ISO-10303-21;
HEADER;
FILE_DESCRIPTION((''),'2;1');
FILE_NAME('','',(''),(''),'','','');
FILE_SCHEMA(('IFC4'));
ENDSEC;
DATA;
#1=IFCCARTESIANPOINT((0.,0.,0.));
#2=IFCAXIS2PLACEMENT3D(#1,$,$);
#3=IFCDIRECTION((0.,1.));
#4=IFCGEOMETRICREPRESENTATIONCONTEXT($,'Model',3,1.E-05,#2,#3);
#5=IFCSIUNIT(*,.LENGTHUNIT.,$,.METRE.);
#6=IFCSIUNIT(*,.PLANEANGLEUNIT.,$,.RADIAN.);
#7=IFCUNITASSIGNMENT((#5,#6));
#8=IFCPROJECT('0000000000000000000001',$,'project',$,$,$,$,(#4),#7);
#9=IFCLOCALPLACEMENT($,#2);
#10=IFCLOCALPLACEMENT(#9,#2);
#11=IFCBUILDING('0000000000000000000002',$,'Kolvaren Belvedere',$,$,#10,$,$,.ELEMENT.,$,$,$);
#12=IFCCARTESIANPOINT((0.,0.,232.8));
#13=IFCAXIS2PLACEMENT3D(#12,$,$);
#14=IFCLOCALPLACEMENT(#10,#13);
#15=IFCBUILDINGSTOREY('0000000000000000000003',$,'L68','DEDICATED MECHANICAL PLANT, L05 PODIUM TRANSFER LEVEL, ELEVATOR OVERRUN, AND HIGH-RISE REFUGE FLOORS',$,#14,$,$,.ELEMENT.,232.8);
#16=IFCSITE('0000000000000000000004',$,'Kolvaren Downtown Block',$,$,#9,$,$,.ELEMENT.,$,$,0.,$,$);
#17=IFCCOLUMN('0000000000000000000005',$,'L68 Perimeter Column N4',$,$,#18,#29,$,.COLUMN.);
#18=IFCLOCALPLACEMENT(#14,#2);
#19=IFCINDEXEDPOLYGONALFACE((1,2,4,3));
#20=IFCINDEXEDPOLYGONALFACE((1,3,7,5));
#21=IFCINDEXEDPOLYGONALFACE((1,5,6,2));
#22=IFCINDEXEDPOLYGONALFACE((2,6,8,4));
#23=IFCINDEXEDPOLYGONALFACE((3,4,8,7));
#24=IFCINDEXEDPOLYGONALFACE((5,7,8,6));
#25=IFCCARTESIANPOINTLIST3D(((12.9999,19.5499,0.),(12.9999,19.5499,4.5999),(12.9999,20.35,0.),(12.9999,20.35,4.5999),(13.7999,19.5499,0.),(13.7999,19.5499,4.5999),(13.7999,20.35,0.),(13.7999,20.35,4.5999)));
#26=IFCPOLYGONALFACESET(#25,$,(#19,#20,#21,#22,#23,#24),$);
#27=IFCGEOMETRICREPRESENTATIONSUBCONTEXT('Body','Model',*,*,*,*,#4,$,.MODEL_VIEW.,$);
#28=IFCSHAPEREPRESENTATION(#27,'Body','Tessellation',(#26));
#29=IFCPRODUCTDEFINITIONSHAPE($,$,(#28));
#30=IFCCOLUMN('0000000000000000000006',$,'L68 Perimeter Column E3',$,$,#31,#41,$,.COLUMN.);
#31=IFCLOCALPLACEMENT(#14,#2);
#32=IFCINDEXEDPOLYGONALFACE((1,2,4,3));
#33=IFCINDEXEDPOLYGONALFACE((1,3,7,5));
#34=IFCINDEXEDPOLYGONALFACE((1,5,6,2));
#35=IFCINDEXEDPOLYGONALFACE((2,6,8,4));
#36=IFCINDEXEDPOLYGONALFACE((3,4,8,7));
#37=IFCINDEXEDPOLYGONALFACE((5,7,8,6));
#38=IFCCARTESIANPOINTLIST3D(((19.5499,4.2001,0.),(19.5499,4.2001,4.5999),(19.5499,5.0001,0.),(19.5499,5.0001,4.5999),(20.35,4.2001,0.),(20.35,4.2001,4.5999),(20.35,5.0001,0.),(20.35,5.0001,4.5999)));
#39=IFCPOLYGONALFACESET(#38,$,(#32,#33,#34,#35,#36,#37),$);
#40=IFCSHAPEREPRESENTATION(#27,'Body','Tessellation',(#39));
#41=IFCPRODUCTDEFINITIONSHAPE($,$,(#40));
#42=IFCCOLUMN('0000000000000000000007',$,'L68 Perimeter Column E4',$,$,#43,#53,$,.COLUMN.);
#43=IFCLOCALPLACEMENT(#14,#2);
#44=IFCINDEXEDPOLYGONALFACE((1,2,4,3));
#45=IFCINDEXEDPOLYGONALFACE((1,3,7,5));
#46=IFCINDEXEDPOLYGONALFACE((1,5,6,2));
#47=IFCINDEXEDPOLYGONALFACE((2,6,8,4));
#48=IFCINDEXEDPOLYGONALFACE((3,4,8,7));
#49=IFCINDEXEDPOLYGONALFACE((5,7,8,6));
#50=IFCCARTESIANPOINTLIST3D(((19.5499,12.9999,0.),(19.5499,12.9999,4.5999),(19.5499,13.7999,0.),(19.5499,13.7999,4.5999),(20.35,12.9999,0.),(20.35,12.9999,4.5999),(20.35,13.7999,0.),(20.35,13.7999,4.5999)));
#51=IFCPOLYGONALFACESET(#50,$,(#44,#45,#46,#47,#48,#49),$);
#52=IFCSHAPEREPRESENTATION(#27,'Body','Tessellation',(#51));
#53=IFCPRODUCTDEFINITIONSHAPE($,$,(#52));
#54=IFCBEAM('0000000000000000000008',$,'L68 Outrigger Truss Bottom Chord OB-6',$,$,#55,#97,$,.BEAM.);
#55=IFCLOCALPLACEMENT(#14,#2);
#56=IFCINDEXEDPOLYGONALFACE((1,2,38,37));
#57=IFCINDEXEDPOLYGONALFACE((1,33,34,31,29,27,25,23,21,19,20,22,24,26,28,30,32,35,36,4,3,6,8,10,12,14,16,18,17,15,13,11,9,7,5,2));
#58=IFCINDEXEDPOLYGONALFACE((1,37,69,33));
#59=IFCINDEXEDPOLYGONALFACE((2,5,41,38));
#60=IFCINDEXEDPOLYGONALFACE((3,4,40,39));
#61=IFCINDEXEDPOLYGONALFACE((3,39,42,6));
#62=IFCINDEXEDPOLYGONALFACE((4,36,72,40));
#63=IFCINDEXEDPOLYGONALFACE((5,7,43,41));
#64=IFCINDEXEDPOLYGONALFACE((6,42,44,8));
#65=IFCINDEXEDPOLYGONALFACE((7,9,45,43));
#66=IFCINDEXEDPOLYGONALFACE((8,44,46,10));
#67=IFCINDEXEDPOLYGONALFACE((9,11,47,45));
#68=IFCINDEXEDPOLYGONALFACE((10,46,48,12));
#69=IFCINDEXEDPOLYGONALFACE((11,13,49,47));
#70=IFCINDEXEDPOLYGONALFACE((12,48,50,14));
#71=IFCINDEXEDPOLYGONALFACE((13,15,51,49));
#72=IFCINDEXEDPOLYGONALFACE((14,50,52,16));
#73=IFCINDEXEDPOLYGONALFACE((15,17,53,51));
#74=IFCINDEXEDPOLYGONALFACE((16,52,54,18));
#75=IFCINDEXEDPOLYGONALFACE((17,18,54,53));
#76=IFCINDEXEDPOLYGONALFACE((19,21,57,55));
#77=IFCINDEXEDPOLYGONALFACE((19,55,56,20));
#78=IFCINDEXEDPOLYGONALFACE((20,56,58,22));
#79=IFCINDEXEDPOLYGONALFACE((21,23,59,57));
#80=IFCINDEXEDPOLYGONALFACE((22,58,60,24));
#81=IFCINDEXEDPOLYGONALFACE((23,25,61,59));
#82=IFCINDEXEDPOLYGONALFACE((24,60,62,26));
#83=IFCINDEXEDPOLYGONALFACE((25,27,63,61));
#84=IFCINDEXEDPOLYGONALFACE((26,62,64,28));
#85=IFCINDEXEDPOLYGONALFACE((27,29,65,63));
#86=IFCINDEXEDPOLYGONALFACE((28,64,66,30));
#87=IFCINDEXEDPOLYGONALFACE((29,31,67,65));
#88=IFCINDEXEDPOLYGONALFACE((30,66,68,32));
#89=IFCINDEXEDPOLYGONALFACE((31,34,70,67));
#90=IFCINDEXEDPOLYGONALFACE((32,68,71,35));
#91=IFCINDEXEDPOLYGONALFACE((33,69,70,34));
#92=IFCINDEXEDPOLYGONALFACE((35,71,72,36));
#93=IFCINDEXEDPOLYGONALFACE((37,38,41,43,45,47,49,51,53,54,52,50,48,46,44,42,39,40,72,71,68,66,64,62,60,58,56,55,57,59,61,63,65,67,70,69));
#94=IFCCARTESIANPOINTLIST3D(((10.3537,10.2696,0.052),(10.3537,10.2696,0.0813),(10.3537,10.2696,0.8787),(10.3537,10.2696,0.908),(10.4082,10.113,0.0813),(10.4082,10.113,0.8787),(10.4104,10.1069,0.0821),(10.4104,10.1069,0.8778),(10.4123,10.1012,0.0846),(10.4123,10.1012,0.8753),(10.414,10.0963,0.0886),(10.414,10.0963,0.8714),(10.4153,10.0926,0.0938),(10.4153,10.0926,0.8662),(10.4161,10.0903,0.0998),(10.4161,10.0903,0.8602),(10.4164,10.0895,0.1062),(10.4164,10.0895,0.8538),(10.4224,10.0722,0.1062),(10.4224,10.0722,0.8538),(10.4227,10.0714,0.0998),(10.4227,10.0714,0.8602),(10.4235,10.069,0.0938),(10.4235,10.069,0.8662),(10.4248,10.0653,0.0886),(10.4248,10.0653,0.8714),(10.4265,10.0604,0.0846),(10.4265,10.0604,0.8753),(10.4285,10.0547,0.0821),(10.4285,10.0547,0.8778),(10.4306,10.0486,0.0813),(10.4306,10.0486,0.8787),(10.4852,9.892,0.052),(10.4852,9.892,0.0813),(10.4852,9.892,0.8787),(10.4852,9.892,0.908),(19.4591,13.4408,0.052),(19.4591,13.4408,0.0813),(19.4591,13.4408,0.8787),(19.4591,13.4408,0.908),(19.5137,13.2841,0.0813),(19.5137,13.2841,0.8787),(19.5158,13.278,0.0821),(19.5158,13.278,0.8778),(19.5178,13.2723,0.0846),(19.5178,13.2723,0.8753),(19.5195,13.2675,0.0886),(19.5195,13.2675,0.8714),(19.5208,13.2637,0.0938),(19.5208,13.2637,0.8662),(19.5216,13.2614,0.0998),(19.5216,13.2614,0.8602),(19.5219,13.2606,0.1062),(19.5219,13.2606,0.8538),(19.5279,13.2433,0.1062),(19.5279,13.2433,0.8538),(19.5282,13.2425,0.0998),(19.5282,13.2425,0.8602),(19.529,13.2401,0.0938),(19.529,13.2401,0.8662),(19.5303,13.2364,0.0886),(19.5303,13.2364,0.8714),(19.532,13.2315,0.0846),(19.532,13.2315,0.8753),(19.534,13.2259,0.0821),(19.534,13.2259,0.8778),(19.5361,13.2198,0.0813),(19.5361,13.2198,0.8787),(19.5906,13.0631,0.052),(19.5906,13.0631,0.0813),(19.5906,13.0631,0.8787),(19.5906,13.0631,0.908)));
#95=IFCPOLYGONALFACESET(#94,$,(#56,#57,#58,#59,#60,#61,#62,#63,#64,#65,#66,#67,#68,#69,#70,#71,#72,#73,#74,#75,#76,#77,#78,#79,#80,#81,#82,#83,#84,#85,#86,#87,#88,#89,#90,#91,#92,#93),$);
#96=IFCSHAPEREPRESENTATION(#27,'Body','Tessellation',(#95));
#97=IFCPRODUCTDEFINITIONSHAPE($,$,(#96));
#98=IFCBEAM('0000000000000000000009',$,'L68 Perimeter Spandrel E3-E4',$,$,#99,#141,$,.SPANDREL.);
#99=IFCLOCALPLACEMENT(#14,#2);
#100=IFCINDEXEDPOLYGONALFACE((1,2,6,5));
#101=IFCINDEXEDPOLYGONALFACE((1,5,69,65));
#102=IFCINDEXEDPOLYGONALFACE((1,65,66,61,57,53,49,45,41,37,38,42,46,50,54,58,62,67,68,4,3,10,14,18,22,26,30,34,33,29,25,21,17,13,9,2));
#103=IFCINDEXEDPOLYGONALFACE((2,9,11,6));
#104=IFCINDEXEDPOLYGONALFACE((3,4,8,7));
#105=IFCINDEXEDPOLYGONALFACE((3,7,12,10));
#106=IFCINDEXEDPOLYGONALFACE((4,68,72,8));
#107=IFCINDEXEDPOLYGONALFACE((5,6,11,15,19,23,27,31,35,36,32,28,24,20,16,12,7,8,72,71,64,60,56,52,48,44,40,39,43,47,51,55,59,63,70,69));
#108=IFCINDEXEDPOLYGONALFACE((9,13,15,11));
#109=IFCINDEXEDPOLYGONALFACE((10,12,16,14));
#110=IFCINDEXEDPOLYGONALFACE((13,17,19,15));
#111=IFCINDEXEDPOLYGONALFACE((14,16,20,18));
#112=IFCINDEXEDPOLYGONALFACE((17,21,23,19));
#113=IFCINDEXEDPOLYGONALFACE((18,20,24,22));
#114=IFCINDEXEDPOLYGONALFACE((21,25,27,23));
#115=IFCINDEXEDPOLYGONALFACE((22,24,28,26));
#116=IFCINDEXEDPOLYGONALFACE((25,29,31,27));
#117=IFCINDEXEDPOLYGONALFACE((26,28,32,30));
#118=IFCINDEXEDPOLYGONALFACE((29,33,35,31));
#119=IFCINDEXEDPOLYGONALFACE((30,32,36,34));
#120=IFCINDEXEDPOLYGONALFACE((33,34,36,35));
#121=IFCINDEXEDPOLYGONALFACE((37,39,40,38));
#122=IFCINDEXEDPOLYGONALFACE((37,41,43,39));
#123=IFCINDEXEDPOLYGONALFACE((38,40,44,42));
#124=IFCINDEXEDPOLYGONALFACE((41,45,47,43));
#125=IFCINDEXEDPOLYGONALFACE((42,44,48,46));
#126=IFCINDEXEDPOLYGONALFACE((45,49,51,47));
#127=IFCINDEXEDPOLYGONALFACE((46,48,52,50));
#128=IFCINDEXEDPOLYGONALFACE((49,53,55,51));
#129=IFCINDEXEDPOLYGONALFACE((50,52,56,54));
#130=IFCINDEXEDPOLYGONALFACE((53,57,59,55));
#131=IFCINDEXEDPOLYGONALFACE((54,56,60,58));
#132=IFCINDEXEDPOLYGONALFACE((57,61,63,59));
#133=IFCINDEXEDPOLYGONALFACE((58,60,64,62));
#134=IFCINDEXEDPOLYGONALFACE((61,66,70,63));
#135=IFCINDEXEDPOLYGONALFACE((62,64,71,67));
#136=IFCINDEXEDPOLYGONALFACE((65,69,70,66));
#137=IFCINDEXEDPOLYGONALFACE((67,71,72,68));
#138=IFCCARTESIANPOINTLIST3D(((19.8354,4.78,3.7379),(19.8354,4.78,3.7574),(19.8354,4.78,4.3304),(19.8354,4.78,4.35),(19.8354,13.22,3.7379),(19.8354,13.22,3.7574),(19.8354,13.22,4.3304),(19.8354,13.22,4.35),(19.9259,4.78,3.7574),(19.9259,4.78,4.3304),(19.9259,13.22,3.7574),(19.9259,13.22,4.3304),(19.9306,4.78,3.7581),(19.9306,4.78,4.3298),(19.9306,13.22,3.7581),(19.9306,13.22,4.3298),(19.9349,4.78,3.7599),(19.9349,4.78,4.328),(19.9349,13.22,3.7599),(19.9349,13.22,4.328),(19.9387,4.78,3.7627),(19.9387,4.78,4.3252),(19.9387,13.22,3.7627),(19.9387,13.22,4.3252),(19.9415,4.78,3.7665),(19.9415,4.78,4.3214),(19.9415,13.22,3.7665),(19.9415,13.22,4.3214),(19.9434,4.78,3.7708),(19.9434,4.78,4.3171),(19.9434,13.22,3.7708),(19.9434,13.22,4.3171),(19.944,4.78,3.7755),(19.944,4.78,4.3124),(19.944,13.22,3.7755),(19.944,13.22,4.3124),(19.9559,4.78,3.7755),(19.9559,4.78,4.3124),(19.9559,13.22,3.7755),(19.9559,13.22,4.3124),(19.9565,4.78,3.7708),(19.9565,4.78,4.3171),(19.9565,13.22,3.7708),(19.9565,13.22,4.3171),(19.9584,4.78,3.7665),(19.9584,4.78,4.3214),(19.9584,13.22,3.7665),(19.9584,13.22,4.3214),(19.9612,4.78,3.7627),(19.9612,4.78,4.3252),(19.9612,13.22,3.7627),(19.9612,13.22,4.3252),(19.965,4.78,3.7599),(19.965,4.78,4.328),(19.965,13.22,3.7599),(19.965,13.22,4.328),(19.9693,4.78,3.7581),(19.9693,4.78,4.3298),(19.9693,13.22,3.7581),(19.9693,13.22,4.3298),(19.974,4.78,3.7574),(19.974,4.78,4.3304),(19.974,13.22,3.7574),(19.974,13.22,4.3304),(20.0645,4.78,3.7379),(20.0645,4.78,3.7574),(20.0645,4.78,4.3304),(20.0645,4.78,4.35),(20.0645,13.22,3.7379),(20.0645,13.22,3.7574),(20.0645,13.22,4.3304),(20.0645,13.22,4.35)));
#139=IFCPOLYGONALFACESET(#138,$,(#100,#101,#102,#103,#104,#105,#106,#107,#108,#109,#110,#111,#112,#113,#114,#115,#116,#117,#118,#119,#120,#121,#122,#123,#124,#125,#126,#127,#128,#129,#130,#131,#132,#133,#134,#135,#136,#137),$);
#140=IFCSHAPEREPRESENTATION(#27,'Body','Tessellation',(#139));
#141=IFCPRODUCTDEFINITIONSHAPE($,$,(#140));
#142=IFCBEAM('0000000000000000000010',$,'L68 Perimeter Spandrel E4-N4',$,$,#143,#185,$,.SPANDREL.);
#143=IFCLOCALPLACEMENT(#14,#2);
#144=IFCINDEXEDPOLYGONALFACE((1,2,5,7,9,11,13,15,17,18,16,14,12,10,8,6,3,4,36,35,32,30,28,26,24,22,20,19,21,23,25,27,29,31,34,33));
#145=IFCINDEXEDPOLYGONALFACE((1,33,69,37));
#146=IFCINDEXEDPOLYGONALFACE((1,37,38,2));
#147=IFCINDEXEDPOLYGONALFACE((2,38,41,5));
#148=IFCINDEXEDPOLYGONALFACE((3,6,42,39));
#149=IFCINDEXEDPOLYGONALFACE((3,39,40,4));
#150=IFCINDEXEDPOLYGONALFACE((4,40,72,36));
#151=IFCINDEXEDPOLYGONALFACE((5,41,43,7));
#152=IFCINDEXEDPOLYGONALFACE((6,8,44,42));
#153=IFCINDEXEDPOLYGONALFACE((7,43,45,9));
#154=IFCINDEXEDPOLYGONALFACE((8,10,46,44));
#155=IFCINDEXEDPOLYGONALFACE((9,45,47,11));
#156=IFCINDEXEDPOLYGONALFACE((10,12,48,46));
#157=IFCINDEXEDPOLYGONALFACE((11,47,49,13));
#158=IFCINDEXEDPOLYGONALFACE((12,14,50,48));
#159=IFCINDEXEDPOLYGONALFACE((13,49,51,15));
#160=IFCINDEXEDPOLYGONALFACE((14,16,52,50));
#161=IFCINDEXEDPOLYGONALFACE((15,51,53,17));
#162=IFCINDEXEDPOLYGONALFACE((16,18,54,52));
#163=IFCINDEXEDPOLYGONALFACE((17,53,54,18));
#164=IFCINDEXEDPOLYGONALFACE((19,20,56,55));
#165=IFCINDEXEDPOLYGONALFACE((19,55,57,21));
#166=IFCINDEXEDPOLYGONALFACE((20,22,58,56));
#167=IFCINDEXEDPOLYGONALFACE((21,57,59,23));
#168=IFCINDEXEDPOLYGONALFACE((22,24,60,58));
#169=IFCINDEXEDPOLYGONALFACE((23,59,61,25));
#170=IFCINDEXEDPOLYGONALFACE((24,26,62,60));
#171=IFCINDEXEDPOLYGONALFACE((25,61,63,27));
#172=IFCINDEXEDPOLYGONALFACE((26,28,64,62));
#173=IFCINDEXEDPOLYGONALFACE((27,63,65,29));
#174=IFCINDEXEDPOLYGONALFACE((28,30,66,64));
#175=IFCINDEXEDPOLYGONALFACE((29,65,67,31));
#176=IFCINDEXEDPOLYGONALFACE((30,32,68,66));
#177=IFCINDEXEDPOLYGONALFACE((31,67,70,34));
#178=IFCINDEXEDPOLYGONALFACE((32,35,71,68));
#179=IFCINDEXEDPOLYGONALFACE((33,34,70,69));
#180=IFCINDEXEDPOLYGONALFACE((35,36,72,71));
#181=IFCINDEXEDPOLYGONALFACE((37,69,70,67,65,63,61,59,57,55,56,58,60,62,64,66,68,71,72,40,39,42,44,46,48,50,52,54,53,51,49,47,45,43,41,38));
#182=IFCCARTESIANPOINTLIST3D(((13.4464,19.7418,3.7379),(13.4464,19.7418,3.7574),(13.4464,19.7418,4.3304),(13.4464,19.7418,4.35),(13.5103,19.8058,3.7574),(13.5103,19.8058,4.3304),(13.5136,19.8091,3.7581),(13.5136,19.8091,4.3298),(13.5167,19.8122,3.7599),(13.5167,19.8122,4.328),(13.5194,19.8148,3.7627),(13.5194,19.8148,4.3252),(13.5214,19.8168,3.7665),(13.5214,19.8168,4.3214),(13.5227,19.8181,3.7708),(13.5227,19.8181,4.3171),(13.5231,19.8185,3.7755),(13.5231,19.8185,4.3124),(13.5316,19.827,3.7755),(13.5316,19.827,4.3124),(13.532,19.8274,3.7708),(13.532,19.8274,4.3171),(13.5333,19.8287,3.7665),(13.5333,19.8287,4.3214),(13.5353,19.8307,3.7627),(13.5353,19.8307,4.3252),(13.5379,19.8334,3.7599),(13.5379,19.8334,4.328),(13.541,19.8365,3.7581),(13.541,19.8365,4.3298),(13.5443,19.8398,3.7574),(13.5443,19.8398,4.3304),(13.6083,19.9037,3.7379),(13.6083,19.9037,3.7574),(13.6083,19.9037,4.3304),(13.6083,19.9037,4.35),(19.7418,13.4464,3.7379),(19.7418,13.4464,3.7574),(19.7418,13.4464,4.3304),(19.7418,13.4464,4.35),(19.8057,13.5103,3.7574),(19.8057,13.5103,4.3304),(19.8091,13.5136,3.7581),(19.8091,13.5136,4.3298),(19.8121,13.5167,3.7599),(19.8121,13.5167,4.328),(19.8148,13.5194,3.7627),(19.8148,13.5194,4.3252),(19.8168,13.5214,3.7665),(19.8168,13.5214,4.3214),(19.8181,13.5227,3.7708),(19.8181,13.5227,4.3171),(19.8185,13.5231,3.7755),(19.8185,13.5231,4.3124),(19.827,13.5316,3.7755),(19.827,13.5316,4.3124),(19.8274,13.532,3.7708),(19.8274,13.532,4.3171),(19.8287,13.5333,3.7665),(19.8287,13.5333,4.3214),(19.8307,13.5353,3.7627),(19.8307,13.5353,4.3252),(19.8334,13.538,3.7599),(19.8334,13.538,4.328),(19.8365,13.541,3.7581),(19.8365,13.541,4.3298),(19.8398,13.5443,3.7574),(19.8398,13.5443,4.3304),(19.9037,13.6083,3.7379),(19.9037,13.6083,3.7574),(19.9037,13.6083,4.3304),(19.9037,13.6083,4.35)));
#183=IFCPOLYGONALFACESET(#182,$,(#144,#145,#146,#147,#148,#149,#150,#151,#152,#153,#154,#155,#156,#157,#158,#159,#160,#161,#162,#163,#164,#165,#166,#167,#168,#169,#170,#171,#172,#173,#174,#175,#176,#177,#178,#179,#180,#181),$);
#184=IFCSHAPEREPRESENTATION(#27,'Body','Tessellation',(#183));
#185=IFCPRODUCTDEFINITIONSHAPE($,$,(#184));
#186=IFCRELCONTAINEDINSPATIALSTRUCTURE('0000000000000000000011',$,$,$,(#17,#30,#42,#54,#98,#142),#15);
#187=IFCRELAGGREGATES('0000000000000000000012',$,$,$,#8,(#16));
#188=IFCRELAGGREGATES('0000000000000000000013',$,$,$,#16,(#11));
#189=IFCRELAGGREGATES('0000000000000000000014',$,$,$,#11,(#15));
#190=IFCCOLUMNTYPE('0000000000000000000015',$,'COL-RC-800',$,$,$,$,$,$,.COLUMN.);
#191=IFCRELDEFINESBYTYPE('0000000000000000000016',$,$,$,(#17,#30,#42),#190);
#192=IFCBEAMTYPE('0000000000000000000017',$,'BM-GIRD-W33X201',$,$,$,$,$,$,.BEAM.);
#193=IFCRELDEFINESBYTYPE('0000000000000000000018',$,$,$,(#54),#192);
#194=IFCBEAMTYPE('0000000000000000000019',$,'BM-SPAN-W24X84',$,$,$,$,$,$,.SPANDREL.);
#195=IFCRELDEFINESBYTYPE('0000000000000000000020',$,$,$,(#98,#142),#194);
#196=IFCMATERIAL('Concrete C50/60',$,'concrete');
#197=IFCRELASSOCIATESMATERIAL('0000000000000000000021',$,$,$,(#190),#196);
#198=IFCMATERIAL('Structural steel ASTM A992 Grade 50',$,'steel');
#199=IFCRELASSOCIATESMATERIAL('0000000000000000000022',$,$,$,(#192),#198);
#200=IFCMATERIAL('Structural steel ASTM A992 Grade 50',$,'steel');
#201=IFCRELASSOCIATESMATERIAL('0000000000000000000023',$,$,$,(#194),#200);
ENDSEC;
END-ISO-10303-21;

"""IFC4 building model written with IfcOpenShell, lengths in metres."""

from ifc_helpers import new_model, si_unit, direction, frame, origin, origin_2d, place, context, subcontext, project, spatial, rectangle, i_section, extrude, material, material_profile, profile_set, type_object, element, save


model = new_model("IFC4")

# Units and contexts
model_context = context("Model", 3, precision=1e-05, world=origin(), true_north=direction((0.0, 1.0)))
body_context = subcontext(model_context, "Body", "Model", "MODEL_VIEW")
ifc_project = project(units=[si_unit("LENGTHUNIT", "METRE"), si_unit("PLANEANGLEUNIT", "RADIAN")], contexts=[model_context])

# Site, building, storey
site_placement = place(None, origin())
site = spatial("IfcSite", under=ifc_project, at=site_placement, Name="Kolvaren Downtown Block", CompositionType="ELEMENT", RefElevation=0.0)
building_placement = place(site_placement, origin())
building = spatial("IfcBuilding", under=site, at=building_placement, Name="Kolvaren Belvedere", CompositionType="ELEMENT")
storey_placement = place(building_placement, frame((0.0, 0.0, 232.8)))
storey = spatial("IfcBuildingStorey", under=building, at=storey_placement, Name="L68", Description="DEDICATED MECHANICAL PLANT, L05 PODIUM TRANSFER LEVEL, ELEVATOR OVERRUN, AND HIGH-RISE REFUGE FLOORS", CompositionType="ELEMENT", Elevation=232.8)

# Columns
ifc_material_1 = material(Name="Concrete C50/60", Category="concrete")
ifc_material_profile_1 = material_profile(ifc_material_1, rectangle(XDim=0.8, YDim=0.8, at=origin_2d()), Name="RC 800X800")
ifc_profile_set_1 = profile_set([ifc_material_profile_1], Name="Concrete C50/60")
column_type = type_object("IfcColumnType", Name="COL-RC-800", PredefinedType="COLUMN", material=ifc_profile_set_1)
for number, where, z_axis, x_axis, name in (
    (1, (13.3999, 19.95, 0.0), (0.0, 0.0, 1.0), (1.0, 0.0, 0.0), "L68 Perimeter Column N4"),
    (2, (19.95, 4.6001, 0.0), (0.0, 0.0, 1.0), (1.0, 0.0, 0.0), "L68 Perimeter Column E3"),
    (3, (19.95, 13.3999, 0.0), (0.0, 0.0, 1.0), (1.0, 0.0, 0.0), "L68 Perimeter Column E4"),
):
    element("IfcColumn", number, at=place(storey_placement, frame(where, z_axis=z_axis, x_axis=x_axis)), inside=storey, type_object=column_type, Name=name, PredefinedType="COLUMN", context=body_context, shape_type="SweptSolid", body=[
        extrude(rectangle(XDim=0.8, YDim=0.8, at=origin_2d()), origin(), (0.0, 0.0, 1.0), 4.5999),
    ])

# Beams
ifc_material_2 = material(Name="Structural steel ASTM A992 Grade 50", Category="steel")
ifc_material_profile_2 = material_profile(ifc_material_2, i_section(OverallWidth=0.3999, OverallDepth=0.856, WebThickness=0.0183, FlangeThickness=0.0293, FilletRadius=0.0249, at=origin_2d()), Name="W33X201")
ifc_profile_set_2 = profile_set([ifc_material_profile_2], Name="Structural steel ASTM A992 Grade 50")
beam_type_1 = type_object("IfcBeamType", Name="BM-GIRD-W33X201", PredefinedType="BEAM", material=ifc_profile_set_2)
beam_1_placement = place(storey_placement, frame((10.4194, 10.0808, 0.48), z_axis=(0.944367, 0.328893, 0.0), x_axis=(-0.328893, 0.944367, 0.0)))
element("IfcBeam", 4, at=beam_1_placement, inside=storey, type_object=beam_type_1, Name="L68 Outrigger Truss Bottom Chord OB-6", PredefinedType="BEAM", context=body_context, shape_type="SweptSolid", body=[
    extrude(i_section(OverallWidth=0.3999, OverallDepth=0.856, WebThickness=0.0183, FlangeThickness=0.0293, FilletRadius=0.0249, at=origin_2d()), origin(), (0.0, 0.0, 1.0), 9.6418),
])
ifc_material_3 = material(Name="Structural steel ASTM A992 Grade 50", Category="steel")
ifc_material_profile_3 = material_profile(ifc_material_3, i_section(OverallWidth=0.229, OverallDepth=0.6121, WebThickness=0.012, FlangeThickness=0.0195, FilletRadius=0.0181, at=origin_2d()), Name="W24X84")
ifc_profile_set_3 = profile_set([ifc_material_profile_3], Name="Structural steel ASTM A992 Grade 50")
beam_type_2 = type_object("IfcBeamType", Name="BM-SPAN-W24X84", PredefinedType="SPANDREL", material=ifc_profile_set_3)
beam_2_placement = place(storey_placement, frame((19.95, 4.78, 4.0439), z_axis=(0.0, 1.0, 0.0), x_axis=(-1.0, 0.0, 0.0)))
element("IfcBeam", 5, at=beam_2_placement, inside=storey, type_object=beam_type_2, Name="L68 Perimeter Spandrel E3-E4", PredefinedType="SPANDREL", context=body_context, shape_type="SweptSolid", body=[
    extrude(i_section(OverallWidth=0.229, OverallDepth=0.6121, WebThickness=0.012, FlangeThickness=0.0195, FilletRadius=0.0181, at=origin_2d()), origin(), (0.0, 0.0, 1.0), 8.4399),
])
beam_3_placement = place(storey_placement, frame((19.8228, 13.5273, 4.0439), z_axis=(-0.707107, 0.707107, 0.0), x_axis=(-0.707107, -0.707107, 0.0)))
element("IfcBeam", 6, at=beam_3_placement, inside=storey, type_object=beam_type_2, Name="L68 Perimeter Spandrel E4-N4", PredefinedType="SPANDREL", context=body_context, shape_type="SweptSolid", body=[
    extrude(i_section(OverallWidth=0.229, OverallDepth=0.6121, WebThickness=0.012, FlangeThickness=0.0195, FilletRadius=0.0181, at=origin_2d()), origin(), (0.0, 0.0, 1.0), 8.9031),
])

save(model, "model.ifc")
